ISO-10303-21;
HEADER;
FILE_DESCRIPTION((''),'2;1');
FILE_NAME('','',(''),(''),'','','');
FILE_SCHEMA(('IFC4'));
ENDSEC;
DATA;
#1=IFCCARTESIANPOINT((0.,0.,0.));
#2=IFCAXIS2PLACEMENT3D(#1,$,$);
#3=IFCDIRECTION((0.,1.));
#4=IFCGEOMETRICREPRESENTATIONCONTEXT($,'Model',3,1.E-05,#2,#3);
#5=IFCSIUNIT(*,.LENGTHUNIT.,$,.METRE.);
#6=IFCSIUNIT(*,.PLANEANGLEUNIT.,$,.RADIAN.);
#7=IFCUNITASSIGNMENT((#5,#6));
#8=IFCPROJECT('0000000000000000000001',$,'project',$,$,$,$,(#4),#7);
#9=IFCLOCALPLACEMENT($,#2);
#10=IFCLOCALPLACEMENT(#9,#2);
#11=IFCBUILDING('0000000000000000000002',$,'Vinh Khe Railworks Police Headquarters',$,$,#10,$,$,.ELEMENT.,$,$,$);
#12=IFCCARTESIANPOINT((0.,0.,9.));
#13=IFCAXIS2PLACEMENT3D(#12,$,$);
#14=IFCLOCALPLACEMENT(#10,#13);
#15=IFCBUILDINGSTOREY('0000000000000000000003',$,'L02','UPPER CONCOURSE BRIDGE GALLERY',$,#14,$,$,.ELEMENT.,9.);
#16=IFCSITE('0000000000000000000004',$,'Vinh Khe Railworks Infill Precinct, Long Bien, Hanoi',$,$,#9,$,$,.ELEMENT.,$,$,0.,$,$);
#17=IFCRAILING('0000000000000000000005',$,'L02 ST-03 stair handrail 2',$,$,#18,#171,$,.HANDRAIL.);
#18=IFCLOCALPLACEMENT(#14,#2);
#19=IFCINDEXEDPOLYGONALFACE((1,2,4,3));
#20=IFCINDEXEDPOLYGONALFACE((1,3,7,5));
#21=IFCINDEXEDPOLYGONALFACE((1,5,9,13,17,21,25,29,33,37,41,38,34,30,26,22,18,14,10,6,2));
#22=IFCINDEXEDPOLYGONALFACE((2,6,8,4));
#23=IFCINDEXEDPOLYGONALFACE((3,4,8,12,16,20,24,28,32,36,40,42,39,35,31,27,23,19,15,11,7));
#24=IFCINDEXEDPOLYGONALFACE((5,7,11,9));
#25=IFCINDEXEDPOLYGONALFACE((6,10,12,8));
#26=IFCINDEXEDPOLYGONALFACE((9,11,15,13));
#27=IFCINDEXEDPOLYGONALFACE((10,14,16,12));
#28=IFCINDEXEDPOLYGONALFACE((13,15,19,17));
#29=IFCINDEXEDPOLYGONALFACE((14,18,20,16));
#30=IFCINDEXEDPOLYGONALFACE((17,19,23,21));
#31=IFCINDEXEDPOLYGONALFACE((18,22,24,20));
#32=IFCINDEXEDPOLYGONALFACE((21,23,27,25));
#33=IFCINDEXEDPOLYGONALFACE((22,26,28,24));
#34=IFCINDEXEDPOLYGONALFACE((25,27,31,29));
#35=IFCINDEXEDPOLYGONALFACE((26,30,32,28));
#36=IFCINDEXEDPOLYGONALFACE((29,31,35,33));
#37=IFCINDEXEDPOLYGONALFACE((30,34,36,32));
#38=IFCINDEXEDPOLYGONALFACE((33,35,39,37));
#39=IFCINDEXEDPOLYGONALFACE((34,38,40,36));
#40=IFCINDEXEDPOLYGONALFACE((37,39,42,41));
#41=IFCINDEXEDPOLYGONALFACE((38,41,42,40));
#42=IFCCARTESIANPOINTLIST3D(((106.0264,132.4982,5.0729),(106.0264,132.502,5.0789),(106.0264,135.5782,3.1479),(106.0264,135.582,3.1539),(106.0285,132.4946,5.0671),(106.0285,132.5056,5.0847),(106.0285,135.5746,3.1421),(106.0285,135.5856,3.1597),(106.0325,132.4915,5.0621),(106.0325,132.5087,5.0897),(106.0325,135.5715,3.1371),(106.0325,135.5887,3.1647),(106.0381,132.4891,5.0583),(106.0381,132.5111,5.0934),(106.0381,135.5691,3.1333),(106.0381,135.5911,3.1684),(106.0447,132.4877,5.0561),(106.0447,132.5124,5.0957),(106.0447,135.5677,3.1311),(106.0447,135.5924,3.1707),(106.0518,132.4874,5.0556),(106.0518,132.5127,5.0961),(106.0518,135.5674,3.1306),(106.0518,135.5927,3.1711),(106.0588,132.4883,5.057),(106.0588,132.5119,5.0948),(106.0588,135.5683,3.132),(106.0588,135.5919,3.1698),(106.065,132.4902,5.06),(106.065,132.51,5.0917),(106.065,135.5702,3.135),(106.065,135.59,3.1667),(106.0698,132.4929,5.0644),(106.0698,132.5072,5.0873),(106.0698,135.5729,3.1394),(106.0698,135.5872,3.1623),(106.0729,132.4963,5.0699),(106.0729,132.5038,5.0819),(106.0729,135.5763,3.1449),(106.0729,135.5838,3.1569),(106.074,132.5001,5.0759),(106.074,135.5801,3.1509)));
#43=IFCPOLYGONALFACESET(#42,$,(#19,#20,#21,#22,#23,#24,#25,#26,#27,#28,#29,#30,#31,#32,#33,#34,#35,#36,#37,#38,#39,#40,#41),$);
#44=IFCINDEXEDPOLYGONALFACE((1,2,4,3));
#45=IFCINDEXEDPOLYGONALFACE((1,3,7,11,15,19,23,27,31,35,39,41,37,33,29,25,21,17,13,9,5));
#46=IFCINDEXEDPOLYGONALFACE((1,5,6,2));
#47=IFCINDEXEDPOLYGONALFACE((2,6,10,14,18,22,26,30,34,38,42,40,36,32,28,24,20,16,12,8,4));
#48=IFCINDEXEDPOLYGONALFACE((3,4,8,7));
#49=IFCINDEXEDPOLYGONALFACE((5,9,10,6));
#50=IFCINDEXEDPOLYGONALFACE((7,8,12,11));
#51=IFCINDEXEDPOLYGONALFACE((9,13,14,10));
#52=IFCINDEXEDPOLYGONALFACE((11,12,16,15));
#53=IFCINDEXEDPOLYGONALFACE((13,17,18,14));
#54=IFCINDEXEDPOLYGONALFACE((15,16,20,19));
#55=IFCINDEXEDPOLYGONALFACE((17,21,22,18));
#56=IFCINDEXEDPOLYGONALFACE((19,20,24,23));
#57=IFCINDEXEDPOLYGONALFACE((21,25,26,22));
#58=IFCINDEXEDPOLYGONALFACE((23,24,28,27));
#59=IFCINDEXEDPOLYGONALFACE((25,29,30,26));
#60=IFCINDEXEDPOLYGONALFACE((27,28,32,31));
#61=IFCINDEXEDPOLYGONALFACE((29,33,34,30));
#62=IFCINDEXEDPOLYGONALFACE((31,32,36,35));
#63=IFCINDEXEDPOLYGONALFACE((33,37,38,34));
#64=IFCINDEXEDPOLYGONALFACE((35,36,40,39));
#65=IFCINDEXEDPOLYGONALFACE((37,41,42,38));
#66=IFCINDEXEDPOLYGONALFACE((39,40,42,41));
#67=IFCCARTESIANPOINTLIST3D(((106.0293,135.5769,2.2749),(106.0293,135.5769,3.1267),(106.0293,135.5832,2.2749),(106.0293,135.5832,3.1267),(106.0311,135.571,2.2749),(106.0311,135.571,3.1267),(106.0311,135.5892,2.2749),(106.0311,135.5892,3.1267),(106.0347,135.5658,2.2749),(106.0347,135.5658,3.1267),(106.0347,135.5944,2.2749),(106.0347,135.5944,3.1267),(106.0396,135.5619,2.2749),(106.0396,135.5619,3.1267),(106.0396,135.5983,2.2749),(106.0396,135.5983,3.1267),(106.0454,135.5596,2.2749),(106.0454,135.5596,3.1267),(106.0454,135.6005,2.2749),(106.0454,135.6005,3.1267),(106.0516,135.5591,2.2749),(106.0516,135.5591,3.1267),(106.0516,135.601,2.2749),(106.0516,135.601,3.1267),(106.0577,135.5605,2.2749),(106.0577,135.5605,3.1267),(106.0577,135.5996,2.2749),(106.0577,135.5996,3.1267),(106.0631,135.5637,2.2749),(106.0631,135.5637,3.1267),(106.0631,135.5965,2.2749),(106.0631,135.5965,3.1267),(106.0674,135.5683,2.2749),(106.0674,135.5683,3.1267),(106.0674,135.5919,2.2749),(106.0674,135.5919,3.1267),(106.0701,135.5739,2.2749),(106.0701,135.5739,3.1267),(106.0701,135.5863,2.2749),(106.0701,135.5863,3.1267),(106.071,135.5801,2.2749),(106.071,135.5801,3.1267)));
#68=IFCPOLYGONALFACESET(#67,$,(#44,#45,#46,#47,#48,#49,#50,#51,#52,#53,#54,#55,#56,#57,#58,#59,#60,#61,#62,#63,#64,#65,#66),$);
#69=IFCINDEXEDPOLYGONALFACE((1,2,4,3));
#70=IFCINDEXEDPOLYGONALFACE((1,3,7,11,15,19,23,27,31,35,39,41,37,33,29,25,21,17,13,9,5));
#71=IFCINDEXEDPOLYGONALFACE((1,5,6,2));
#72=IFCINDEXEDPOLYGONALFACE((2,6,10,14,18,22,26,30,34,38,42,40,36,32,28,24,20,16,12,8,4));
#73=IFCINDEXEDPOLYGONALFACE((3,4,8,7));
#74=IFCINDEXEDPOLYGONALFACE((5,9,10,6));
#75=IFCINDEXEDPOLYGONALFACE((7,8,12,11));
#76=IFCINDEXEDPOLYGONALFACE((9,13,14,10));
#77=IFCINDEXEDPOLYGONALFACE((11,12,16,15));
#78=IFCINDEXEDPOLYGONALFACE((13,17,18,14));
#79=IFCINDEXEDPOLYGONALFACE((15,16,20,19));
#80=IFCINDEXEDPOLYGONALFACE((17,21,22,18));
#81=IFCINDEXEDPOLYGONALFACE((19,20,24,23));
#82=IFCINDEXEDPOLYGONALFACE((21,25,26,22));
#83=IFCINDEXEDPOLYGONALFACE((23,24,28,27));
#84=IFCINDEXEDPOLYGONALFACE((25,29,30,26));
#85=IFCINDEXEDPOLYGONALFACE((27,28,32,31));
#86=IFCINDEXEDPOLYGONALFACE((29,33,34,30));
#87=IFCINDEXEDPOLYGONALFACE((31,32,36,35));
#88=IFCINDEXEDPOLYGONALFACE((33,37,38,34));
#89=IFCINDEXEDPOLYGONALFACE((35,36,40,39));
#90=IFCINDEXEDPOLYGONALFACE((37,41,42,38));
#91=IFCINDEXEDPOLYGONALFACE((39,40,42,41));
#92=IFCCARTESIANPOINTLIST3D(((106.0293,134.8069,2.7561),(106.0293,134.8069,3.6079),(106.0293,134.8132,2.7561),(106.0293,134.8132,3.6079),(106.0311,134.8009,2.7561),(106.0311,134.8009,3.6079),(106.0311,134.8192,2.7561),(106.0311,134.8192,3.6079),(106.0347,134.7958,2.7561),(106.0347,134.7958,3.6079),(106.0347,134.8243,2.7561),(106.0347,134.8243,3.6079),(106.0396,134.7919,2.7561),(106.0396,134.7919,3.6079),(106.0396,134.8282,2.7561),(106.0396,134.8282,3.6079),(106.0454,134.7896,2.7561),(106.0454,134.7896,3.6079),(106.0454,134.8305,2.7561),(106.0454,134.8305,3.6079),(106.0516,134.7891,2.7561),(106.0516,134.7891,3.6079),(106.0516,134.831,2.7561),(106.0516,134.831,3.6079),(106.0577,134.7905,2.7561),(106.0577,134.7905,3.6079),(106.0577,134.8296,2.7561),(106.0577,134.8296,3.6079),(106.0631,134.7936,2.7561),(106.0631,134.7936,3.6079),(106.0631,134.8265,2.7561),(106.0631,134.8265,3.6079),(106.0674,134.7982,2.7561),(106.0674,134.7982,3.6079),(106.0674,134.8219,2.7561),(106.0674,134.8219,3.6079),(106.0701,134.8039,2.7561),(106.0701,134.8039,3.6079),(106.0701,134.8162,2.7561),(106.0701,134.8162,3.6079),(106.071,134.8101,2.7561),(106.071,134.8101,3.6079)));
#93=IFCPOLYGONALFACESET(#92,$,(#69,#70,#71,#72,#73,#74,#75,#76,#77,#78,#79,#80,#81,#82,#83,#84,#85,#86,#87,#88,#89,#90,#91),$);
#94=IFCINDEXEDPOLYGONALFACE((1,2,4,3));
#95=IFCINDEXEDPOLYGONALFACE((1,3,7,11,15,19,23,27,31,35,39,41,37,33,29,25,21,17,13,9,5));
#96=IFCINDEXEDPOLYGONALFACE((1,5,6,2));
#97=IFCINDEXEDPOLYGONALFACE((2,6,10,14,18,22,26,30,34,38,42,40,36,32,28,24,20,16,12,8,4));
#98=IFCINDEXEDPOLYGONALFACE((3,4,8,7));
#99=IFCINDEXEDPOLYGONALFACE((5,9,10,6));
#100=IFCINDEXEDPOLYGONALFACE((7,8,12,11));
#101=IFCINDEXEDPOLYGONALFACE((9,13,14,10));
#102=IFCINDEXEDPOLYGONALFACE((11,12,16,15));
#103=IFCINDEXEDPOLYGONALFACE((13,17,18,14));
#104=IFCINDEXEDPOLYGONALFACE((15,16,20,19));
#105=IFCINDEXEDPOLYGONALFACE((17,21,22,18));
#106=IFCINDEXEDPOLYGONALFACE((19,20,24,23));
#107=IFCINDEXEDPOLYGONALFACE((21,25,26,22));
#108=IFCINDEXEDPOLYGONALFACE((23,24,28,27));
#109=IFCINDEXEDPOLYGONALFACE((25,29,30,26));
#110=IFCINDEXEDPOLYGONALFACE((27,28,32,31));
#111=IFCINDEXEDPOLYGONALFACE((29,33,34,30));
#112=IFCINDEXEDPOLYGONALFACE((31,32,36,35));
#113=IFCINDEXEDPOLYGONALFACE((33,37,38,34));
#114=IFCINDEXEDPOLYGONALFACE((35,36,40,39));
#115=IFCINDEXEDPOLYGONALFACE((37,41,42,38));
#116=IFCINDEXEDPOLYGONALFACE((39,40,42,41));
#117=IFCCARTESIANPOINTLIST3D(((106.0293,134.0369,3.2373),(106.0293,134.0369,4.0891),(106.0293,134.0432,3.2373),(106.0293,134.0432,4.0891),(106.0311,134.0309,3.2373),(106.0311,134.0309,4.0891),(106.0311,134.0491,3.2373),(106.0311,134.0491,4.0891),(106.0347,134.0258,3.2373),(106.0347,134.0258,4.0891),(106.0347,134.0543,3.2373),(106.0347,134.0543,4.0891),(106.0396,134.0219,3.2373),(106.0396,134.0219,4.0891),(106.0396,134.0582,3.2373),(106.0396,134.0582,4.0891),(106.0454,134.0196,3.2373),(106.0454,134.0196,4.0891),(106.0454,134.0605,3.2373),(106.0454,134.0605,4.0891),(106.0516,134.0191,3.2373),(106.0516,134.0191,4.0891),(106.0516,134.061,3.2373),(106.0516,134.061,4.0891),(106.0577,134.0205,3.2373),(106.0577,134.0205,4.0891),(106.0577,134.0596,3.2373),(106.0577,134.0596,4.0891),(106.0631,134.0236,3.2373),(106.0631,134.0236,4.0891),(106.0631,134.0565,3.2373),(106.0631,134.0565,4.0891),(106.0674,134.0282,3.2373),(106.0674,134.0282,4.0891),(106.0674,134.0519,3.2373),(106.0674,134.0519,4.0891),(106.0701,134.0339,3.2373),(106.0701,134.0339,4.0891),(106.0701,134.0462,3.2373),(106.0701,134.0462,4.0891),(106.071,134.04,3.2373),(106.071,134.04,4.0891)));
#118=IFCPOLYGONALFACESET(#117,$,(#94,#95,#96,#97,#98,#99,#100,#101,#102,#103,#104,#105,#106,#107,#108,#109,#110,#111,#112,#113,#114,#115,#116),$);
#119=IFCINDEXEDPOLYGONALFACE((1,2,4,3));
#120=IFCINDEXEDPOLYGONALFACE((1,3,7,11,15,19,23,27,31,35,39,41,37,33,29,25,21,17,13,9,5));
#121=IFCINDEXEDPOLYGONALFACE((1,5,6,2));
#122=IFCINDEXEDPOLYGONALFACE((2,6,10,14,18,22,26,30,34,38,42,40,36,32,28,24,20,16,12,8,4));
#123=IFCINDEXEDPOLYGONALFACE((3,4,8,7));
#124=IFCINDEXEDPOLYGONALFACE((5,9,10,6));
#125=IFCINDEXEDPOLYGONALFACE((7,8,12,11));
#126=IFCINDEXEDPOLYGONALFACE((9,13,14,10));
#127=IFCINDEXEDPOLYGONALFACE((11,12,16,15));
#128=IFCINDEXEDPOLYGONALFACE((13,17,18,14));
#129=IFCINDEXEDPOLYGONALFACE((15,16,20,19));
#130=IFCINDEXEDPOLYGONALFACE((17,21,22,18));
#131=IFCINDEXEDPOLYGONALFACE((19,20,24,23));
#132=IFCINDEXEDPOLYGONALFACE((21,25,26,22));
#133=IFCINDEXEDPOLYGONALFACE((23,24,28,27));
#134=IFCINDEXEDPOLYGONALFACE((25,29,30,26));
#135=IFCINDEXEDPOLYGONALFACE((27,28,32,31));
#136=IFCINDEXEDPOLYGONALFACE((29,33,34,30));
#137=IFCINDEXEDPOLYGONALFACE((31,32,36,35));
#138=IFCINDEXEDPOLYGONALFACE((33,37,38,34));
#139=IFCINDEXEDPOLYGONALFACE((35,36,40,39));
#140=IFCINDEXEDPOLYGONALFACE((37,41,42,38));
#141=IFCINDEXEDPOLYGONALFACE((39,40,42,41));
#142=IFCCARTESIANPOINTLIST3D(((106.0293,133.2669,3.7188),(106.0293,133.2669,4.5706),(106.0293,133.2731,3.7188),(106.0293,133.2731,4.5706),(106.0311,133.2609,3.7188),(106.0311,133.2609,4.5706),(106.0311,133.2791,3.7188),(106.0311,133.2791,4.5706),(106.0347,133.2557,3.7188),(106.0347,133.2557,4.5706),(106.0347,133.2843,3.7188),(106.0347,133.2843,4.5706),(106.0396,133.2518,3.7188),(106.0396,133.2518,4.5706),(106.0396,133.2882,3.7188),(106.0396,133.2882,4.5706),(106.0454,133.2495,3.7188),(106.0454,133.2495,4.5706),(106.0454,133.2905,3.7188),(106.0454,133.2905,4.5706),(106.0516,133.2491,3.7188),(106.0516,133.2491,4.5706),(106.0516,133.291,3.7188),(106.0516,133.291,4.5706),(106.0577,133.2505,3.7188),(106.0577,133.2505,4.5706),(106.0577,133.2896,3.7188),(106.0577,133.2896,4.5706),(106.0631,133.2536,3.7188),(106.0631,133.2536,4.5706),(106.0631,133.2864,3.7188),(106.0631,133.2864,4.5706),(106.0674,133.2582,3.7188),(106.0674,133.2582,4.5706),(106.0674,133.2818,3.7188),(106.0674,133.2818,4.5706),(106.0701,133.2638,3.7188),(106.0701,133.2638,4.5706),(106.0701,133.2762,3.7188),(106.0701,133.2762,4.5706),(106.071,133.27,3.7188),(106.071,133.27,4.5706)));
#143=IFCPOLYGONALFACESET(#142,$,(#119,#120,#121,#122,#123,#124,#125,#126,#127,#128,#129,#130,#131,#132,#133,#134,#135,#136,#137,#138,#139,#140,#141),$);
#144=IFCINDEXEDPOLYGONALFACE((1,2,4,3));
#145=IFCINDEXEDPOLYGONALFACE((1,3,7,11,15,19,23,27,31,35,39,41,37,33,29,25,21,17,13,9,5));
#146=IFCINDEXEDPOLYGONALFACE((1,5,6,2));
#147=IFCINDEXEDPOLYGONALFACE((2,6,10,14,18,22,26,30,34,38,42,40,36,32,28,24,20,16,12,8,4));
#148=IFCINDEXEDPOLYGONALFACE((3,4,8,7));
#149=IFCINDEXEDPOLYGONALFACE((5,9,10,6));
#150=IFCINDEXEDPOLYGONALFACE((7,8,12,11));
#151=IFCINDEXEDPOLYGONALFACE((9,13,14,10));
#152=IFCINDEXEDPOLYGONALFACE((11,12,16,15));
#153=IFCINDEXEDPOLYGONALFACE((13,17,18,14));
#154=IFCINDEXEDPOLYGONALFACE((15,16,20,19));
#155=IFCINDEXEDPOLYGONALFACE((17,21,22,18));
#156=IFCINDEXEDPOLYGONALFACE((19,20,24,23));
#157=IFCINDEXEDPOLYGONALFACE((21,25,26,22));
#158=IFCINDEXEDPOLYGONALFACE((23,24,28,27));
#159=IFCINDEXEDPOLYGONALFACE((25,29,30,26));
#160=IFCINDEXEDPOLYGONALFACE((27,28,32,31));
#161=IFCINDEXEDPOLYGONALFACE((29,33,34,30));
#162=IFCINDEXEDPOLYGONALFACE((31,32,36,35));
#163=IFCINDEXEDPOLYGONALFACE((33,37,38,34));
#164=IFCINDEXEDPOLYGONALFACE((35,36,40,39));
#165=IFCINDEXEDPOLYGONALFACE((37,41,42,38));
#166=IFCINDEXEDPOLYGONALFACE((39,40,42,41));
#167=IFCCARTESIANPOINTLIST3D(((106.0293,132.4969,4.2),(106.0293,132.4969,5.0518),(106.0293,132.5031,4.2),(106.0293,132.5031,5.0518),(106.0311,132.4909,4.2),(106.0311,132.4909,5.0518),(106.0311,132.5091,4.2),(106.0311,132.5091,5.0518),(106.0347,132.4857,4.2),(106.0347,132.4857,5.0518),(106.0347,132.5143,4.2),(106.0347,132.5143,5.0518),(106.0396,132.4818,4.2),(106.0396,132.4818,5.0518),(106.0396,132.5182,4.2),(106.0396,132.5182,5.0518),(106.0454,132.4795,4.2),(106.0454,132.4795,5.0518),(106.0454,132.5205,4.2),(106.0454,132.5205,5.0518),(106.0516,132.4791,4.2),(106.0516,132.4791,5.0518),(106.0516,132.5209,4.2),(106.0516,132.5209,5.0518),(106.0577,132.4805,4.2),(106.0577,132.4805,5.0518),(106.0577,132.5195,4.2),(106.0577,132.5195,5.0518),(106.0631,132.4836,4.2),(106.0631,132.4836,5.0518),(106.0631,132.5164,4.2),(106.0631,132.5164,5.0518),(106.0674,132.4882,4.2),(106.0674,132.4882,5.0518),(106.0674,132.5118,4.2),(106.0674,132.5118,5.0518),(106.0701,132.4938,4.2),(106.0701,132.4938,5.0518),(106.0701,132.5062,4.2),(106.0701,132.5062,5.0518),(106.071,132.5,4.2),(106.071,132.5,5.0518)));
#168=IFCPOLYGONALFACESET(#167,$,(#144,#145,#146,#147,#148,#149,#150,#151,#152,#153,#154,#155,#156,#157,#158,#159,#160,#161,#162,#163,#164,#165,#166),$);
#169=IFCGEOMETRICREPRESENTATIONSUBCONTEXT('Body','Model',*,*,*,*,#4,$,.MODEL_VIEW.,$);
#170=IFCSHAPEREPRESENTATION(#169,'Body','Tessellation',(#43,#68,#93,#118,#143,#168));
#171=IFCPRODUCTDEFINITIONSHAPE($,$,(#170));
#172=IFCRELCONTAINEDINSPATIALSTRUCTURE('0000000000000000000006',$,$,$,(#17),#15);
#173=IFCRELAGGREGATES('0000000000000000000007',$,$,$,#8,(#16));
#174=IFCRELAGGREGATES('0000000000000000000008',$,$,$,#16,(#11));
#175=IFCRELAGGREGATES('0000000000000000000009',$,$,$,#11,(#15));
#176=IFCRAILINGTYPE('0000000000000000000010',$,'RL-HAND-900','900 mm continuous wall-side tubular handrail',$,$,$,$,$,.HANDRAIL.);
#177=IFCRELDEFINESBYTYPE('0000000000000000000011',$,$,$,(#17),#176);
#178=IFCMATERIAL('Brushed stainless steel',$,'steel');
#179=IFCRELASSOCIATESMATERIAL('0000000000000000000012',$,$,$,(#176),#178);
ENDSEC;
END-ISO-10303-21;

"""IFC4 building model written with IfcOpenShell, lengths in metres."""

from ifc_helpers import new_model, si_unit, direction, frame, origin, origin_2d, place, context, subcontext, project, spatial, circle, extrude, material, type_object, element, save


model = new_model("IFC4")

# Units and contexts
model_context = context("Model", 3, precision=1e-05, world=origin(), true_north=direction((0.0, 1.0)))
body_context = subcontext(model_context, "Body", "Model", "MODEL_VIEW")
ifc_project = project(units=[si_unit("LENGTHUNIT", "METRE"), si_unit("PLANEANGLEUNIT", "RADIAN")], contexts=[model_context])

# Site, building, storey
site_placement = place(None, origin())
site = spatial("IfcSite", under=ifc_project, at=site_placement, Name="Vinh Khe Railworks Infill Precinct, Long Bien, Hanoi", CompositionType="ELEMENT", RefElevation=0.0)
building_placement = place(site_placement, origin())
building = spatial("IfcBuilding", under=site, at=building_placement, Name="Vinh Khe Railworks Police Headquarters", CompositionType="ELEMENT")
storey_placement = place(building_placement, frame((0.0, 0.0, 9.0)))
storey = spatial("IfcBuildingStorey", under=building, at=storey_placement, Name="L02", Description="UPPER CONCOURSE BRIDGE GALLERY", CompositionType="ELEMENT", Elevation=9.0)

# Railing
ifc_material_1 = material(Name="Brushed stainless steel", Category="steel")
railing_type_1 = type_object("IfcRailingType", Name="RL-HAND-900", Description="900 mm continuous wall-side tubular handrail", PredefinedType="HANDRAIL", material=ifc_material_1)
railing_1_placement = place(storey_placement, frame((106.05, 135.5801, 2.2749)))
element("IfcRailing", 1, at=railing_1_placement, inside=storey, type_object=railing_type_1, Name="L02 ST-03 stair handrail 2", PredefinedType="HANDRAIL", context=body_context, shape_type="SweptSolid", body=[
    extrude(circle(Radius=0.0239, at=origin_2d()), frame((0.0, 0.0, 0.876), z_axis=(0.0, -0.847998, 0.529999), x_axis=(1.0, 0.0, 0.0)), (0.0, 0.0, 1.0), 3.6321),
    extrude(circle(Radius=0.021, at=origin_2d()), origin(), (0.0, 0.0, 1.0), 0.8518),
    extrude(circle(Radius=0.021, at=origin_2d()), frame((0.0, -0.77, 0.4812)), (0.0, 0.0, 1.0), 0.8518),
    extrude(circle(Radius=0.021, at=origin_2d()), frame((0.0, -1.54, 0.9624)), (0.0, 0.0, 1.0), 0.8518),
    extrude(circle(Radius=0.021, at=origin_2d()), frame((0.0, -2.3101, 1.4438)), (0.0, 0.0, 1.0), 0.8518),
    extrude(circle(Radius=0.021, at=origin_2d()), frame((0.0, -3.0801, 1.925)), (0.0, 0.0, 1.0), 0.8518),
])

save(model, "model.ifc")
